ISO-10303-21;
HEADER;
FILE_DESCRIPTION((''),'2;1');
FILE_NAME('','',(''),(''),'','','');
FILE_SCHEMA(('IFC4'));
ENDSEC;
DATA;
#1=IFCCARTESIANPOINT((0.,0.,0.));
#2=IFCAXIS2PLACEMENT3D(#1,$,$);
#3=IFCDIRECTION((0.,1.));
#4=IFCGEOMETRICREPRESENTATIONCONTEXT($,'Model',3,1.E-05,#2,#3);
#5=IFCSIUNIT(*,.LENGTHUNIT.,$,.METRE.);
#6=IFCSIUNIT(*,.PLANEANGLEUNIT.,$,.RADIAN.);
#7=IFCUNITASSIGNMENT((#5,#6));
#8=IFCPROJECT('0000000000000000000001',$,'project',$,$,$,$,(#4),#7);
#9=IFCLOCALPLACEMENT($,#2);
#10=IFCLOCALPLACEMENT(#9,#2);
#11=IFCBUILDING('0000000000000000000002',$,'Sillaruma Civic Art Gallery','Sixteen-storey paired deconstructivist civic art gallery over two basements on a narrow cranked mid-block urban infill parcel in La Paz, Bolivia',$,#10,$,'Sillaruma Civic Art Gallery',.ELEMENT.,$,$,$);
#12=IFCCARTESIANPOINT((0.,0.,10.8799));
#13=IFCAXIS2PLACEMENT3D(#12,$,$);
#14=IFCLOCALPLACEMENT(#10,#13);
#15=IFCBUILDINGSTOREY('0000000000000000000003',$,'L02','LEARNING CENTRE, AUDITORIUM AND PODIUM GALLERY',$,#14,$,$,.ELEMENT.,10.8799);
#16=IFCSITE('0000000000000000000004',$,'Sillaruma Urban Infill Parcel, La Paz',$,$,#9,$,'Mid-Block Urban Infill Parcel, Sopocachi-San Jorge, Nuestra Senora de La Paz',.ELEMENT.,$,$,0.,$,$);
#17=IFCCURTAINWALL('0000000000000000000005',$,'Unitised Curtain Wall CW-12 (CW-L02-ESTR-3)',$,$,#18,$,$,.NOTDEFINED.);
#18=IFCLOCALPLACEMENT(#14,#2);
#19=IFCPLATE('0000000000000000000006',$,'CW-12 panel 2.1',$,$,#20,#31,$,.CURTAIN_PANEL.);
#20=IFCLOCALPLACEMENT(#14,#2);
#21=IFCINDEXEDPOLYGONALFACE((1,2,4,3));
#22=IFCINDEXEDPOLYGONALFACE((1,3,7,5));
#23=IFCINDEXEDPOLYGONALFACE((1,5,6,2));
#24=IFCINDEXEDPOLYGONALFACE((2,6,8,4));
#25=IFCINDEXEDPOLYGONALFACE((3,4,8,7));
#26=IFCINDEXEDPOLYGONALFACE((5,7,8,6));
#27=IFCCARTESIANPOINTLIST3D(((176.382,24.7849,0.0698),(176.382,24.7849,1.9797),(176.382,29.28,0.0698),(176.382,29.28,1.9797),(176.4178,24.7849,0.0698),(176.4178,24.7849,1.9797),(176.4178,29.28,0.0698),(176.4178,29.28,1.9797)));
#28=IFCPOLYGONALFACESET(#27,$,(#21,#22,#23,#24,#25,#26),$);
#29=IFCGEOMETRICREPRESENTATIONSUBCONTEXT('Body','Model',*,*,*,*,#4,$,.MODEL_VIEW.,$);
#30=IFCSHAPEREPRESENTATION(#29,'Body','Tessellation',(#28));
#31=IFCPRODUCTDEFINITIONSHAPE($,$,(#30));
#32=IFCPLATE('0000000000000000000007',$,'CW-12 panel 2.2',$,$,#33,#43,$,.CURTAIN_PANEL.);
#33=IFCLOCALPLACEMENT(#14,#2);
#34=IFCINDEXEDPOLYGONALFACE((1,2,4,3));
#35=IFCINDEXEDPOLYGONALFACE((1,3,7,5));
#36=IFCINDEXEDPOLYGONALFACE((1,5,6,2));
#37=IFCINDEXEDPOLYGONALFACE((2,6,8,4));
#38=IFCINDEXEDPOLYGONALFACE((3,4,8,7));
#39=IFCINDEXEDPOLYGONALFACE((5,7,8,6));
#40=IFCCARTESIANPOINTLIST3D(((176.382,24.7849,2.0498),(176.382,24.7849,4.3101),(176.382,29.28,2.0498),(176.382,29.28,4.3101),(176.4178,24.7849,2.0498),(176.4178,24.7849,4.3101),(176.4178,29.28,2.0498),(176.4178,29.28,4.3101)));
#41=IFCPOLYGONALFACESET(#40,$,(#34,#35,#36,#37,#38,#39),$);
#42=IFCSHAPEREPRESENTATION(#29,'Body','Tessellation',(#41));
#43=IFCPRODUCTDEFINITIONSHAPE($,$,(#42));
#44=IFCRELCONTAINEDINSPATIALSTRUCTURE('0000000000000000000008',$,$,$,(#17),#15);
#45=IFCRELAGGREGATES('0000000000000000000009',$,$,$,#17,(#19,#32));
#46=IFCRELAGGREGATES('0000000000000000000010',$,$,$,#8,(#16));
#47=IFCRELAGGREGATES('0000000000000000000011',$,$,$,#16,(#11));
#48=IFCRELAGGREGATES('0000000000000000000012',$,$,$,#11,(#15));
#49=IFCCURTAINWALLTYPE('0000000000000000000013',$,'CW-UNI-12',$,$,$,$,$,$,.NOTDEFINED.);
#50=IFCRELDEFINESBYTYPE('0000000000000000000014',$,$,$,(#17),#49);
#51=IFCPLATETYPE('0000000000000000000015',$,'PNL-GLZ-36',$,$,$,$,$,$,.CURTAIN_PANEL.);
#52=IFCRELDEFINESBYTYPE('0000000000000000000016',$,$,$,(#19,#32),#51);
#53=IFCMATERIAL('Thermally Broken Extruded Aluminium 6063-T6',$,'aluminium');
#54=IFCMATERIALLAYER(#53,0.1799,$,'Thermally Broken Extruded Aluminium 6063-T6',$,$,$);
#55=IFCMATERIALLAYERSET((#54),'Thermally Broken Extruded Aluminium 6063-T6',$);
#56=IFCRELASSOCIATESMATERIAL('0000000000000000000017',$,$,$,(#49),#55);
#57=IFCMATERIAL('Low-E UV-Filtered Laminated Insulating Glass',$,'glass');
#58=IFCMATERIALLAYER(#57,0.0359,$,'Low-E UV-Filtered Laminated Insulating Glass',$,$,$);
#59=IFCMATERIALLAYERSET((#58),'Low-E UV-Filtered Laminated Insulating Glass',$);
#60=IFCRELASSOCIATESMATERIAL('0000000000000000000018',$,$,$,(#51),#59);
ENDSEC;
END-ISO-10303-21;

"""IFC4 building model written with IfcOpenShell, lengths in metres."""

from ifc_helpers import new_model, si_unit, direction, frame, origin, origin_2d, place, context, subcontext, project, spatial, rectangle, extrude, material, layer, layer_set, type_object, element, aggregate, save


model = new_model("IFC4")

# Units and contexts
model_context = context("Model", 3, precision=1e-05, world=origin(), true_north=direction((0.0, 1.0)))
body_context = subcontext(model_context, "Body", "Model", "MODEL_VIEW")
ifc_project = project(units=[si_unit("LENGTHUNIT", "METRE"), si_unit("PLANEANGLEUNIT", "RADIAN")], contexts=[model_context])

# Site, building, storey
site_placement = place(None, origin())
site = spatial("IfcSite", under=ifc_project, at=site_placement, Name="Sillaruma Urban Infill Parcel, La Paz", LongName="Mid-Block Urban Infill Parcel, Sopocachi-San Jorge, Nuestra Senora de La Paz", CompositionType="ELEMENT", RefElevation=0.0)
building_placement = place(site_placement, origin())
building = spatial("IfcBuilding", under=site, at=building_placement, Name="Sillaruma Civic Art Gallery", Description="Sixteen-storey paired deconstructivist civic art gallery over two basements on a narrow cranked mid-block urban infill parcel in La Paz, Bolivia", LongName="Sillaruma Civic Art Gallery", CompositionType="ELEMENT")
storey_placement = place(building_placement, frame((0.0, 0.0, 10.8799)))
storey = spatial("IfcBuildingStorey", under=building, at=storey_placement, Name="L02", Description="LEARNING CENTRE, AUDITORIUM AND PODIUM GALLERY", CompositionType="ELEMENT", Elevation=10.8799)

# Curtain wall
ifc_material_1 = material(Name="Thermally Broken Extruded Aluminium 6063-T6", Category="aluminium")
ifc_layer_1 = layer(ifc_material_1, 0.1799, Name="Thermally Broken Extruded Aluminium 6063-T6")
ifc_layer_set_1 = layer_set([ifc_layer_1], Name="Thermally Broken Extruded Aluminium 6063-T6")
curtain_wall_type_1 = type_object("IfcCurtainWallType", Name="CW-UNI-12", PredefinedType="NOTDEFINED", material=ifc_layer_set_1)
curtain_wall_1_placement = place(storey_placement, origin())
curtain_wall_1 = element("IfcCurtainWall", 1, at=curtain_wall_1_placement, inside=storey, type_object=curtain_wall_type_1, Name="Unitised Curtain Wall CW-12 (CW-L02-ESTR-3)", PredefinedType="NOTDEFINED")

# Plates
ifc_material_2 = material(Name="Low-E UV-Filtered Laminated Insulating Glass", Category="glass")
ifc_layer_2 = layer(ifc_material_2, 0.0359, Name="Low-E UV-Filtered Laminated Insulating Glass")
ifc_layer_set_2 = layer_set([ifc_layer_2], Name="Low-E UV-Filtered Laminated Insulating Glass")
plate_type_1 = type_object("IfcPlateType", Name="PNL-GLZ-36", PredefinedType="CURTAIN_PANEL", material=ifc_layer_set_2)
plate_1_placement = place(storey_placement, frame((176.3999, 27.0325, 0.0698), z_axis=(0.0, 0.0, 1.0), x_axis=(0.0, 1.0, 0.0)))
plate_1 = element("IfcPlate", 2, at=plate_1_placement, type_object=plate_type_1, Name="CW-12 panel 2.1", PredefinedType="CURTAIN_PANEL", context=body_context, shape_type="SweptSolid", body=[
    extrude(rectangle(XDim=4.4951, YDim=0.0359, at=origin_2d()), origin(), (0.0, 0.0, 1.0), 1.9099),
])
plate_2_placement = place(storey_placement, frame((176.3999, 27.0325, 2.0498), z_axis=(0.0, 0.0, 1.0), x_axis=(0.0, 1.0, 0.0)))
plate_2 = element("IfcPlate", 3, at=plate_2_placement, type_object=plate_type_1, Name="CW-12 panel 2.2", PredefinedType="CURTAIN_PANEL", context=body_context, shape_type="SweptSolid", body=[
    extrude(rectangle(XDim=4.4951, YDim=0.0359, at=origin_2d()), origin(), (0.0, 0.0, 1.0), 2.2603),
])
aggregate(curtain_wall_1, [plate_1, plate_2])

save(model, "model.ifc")
